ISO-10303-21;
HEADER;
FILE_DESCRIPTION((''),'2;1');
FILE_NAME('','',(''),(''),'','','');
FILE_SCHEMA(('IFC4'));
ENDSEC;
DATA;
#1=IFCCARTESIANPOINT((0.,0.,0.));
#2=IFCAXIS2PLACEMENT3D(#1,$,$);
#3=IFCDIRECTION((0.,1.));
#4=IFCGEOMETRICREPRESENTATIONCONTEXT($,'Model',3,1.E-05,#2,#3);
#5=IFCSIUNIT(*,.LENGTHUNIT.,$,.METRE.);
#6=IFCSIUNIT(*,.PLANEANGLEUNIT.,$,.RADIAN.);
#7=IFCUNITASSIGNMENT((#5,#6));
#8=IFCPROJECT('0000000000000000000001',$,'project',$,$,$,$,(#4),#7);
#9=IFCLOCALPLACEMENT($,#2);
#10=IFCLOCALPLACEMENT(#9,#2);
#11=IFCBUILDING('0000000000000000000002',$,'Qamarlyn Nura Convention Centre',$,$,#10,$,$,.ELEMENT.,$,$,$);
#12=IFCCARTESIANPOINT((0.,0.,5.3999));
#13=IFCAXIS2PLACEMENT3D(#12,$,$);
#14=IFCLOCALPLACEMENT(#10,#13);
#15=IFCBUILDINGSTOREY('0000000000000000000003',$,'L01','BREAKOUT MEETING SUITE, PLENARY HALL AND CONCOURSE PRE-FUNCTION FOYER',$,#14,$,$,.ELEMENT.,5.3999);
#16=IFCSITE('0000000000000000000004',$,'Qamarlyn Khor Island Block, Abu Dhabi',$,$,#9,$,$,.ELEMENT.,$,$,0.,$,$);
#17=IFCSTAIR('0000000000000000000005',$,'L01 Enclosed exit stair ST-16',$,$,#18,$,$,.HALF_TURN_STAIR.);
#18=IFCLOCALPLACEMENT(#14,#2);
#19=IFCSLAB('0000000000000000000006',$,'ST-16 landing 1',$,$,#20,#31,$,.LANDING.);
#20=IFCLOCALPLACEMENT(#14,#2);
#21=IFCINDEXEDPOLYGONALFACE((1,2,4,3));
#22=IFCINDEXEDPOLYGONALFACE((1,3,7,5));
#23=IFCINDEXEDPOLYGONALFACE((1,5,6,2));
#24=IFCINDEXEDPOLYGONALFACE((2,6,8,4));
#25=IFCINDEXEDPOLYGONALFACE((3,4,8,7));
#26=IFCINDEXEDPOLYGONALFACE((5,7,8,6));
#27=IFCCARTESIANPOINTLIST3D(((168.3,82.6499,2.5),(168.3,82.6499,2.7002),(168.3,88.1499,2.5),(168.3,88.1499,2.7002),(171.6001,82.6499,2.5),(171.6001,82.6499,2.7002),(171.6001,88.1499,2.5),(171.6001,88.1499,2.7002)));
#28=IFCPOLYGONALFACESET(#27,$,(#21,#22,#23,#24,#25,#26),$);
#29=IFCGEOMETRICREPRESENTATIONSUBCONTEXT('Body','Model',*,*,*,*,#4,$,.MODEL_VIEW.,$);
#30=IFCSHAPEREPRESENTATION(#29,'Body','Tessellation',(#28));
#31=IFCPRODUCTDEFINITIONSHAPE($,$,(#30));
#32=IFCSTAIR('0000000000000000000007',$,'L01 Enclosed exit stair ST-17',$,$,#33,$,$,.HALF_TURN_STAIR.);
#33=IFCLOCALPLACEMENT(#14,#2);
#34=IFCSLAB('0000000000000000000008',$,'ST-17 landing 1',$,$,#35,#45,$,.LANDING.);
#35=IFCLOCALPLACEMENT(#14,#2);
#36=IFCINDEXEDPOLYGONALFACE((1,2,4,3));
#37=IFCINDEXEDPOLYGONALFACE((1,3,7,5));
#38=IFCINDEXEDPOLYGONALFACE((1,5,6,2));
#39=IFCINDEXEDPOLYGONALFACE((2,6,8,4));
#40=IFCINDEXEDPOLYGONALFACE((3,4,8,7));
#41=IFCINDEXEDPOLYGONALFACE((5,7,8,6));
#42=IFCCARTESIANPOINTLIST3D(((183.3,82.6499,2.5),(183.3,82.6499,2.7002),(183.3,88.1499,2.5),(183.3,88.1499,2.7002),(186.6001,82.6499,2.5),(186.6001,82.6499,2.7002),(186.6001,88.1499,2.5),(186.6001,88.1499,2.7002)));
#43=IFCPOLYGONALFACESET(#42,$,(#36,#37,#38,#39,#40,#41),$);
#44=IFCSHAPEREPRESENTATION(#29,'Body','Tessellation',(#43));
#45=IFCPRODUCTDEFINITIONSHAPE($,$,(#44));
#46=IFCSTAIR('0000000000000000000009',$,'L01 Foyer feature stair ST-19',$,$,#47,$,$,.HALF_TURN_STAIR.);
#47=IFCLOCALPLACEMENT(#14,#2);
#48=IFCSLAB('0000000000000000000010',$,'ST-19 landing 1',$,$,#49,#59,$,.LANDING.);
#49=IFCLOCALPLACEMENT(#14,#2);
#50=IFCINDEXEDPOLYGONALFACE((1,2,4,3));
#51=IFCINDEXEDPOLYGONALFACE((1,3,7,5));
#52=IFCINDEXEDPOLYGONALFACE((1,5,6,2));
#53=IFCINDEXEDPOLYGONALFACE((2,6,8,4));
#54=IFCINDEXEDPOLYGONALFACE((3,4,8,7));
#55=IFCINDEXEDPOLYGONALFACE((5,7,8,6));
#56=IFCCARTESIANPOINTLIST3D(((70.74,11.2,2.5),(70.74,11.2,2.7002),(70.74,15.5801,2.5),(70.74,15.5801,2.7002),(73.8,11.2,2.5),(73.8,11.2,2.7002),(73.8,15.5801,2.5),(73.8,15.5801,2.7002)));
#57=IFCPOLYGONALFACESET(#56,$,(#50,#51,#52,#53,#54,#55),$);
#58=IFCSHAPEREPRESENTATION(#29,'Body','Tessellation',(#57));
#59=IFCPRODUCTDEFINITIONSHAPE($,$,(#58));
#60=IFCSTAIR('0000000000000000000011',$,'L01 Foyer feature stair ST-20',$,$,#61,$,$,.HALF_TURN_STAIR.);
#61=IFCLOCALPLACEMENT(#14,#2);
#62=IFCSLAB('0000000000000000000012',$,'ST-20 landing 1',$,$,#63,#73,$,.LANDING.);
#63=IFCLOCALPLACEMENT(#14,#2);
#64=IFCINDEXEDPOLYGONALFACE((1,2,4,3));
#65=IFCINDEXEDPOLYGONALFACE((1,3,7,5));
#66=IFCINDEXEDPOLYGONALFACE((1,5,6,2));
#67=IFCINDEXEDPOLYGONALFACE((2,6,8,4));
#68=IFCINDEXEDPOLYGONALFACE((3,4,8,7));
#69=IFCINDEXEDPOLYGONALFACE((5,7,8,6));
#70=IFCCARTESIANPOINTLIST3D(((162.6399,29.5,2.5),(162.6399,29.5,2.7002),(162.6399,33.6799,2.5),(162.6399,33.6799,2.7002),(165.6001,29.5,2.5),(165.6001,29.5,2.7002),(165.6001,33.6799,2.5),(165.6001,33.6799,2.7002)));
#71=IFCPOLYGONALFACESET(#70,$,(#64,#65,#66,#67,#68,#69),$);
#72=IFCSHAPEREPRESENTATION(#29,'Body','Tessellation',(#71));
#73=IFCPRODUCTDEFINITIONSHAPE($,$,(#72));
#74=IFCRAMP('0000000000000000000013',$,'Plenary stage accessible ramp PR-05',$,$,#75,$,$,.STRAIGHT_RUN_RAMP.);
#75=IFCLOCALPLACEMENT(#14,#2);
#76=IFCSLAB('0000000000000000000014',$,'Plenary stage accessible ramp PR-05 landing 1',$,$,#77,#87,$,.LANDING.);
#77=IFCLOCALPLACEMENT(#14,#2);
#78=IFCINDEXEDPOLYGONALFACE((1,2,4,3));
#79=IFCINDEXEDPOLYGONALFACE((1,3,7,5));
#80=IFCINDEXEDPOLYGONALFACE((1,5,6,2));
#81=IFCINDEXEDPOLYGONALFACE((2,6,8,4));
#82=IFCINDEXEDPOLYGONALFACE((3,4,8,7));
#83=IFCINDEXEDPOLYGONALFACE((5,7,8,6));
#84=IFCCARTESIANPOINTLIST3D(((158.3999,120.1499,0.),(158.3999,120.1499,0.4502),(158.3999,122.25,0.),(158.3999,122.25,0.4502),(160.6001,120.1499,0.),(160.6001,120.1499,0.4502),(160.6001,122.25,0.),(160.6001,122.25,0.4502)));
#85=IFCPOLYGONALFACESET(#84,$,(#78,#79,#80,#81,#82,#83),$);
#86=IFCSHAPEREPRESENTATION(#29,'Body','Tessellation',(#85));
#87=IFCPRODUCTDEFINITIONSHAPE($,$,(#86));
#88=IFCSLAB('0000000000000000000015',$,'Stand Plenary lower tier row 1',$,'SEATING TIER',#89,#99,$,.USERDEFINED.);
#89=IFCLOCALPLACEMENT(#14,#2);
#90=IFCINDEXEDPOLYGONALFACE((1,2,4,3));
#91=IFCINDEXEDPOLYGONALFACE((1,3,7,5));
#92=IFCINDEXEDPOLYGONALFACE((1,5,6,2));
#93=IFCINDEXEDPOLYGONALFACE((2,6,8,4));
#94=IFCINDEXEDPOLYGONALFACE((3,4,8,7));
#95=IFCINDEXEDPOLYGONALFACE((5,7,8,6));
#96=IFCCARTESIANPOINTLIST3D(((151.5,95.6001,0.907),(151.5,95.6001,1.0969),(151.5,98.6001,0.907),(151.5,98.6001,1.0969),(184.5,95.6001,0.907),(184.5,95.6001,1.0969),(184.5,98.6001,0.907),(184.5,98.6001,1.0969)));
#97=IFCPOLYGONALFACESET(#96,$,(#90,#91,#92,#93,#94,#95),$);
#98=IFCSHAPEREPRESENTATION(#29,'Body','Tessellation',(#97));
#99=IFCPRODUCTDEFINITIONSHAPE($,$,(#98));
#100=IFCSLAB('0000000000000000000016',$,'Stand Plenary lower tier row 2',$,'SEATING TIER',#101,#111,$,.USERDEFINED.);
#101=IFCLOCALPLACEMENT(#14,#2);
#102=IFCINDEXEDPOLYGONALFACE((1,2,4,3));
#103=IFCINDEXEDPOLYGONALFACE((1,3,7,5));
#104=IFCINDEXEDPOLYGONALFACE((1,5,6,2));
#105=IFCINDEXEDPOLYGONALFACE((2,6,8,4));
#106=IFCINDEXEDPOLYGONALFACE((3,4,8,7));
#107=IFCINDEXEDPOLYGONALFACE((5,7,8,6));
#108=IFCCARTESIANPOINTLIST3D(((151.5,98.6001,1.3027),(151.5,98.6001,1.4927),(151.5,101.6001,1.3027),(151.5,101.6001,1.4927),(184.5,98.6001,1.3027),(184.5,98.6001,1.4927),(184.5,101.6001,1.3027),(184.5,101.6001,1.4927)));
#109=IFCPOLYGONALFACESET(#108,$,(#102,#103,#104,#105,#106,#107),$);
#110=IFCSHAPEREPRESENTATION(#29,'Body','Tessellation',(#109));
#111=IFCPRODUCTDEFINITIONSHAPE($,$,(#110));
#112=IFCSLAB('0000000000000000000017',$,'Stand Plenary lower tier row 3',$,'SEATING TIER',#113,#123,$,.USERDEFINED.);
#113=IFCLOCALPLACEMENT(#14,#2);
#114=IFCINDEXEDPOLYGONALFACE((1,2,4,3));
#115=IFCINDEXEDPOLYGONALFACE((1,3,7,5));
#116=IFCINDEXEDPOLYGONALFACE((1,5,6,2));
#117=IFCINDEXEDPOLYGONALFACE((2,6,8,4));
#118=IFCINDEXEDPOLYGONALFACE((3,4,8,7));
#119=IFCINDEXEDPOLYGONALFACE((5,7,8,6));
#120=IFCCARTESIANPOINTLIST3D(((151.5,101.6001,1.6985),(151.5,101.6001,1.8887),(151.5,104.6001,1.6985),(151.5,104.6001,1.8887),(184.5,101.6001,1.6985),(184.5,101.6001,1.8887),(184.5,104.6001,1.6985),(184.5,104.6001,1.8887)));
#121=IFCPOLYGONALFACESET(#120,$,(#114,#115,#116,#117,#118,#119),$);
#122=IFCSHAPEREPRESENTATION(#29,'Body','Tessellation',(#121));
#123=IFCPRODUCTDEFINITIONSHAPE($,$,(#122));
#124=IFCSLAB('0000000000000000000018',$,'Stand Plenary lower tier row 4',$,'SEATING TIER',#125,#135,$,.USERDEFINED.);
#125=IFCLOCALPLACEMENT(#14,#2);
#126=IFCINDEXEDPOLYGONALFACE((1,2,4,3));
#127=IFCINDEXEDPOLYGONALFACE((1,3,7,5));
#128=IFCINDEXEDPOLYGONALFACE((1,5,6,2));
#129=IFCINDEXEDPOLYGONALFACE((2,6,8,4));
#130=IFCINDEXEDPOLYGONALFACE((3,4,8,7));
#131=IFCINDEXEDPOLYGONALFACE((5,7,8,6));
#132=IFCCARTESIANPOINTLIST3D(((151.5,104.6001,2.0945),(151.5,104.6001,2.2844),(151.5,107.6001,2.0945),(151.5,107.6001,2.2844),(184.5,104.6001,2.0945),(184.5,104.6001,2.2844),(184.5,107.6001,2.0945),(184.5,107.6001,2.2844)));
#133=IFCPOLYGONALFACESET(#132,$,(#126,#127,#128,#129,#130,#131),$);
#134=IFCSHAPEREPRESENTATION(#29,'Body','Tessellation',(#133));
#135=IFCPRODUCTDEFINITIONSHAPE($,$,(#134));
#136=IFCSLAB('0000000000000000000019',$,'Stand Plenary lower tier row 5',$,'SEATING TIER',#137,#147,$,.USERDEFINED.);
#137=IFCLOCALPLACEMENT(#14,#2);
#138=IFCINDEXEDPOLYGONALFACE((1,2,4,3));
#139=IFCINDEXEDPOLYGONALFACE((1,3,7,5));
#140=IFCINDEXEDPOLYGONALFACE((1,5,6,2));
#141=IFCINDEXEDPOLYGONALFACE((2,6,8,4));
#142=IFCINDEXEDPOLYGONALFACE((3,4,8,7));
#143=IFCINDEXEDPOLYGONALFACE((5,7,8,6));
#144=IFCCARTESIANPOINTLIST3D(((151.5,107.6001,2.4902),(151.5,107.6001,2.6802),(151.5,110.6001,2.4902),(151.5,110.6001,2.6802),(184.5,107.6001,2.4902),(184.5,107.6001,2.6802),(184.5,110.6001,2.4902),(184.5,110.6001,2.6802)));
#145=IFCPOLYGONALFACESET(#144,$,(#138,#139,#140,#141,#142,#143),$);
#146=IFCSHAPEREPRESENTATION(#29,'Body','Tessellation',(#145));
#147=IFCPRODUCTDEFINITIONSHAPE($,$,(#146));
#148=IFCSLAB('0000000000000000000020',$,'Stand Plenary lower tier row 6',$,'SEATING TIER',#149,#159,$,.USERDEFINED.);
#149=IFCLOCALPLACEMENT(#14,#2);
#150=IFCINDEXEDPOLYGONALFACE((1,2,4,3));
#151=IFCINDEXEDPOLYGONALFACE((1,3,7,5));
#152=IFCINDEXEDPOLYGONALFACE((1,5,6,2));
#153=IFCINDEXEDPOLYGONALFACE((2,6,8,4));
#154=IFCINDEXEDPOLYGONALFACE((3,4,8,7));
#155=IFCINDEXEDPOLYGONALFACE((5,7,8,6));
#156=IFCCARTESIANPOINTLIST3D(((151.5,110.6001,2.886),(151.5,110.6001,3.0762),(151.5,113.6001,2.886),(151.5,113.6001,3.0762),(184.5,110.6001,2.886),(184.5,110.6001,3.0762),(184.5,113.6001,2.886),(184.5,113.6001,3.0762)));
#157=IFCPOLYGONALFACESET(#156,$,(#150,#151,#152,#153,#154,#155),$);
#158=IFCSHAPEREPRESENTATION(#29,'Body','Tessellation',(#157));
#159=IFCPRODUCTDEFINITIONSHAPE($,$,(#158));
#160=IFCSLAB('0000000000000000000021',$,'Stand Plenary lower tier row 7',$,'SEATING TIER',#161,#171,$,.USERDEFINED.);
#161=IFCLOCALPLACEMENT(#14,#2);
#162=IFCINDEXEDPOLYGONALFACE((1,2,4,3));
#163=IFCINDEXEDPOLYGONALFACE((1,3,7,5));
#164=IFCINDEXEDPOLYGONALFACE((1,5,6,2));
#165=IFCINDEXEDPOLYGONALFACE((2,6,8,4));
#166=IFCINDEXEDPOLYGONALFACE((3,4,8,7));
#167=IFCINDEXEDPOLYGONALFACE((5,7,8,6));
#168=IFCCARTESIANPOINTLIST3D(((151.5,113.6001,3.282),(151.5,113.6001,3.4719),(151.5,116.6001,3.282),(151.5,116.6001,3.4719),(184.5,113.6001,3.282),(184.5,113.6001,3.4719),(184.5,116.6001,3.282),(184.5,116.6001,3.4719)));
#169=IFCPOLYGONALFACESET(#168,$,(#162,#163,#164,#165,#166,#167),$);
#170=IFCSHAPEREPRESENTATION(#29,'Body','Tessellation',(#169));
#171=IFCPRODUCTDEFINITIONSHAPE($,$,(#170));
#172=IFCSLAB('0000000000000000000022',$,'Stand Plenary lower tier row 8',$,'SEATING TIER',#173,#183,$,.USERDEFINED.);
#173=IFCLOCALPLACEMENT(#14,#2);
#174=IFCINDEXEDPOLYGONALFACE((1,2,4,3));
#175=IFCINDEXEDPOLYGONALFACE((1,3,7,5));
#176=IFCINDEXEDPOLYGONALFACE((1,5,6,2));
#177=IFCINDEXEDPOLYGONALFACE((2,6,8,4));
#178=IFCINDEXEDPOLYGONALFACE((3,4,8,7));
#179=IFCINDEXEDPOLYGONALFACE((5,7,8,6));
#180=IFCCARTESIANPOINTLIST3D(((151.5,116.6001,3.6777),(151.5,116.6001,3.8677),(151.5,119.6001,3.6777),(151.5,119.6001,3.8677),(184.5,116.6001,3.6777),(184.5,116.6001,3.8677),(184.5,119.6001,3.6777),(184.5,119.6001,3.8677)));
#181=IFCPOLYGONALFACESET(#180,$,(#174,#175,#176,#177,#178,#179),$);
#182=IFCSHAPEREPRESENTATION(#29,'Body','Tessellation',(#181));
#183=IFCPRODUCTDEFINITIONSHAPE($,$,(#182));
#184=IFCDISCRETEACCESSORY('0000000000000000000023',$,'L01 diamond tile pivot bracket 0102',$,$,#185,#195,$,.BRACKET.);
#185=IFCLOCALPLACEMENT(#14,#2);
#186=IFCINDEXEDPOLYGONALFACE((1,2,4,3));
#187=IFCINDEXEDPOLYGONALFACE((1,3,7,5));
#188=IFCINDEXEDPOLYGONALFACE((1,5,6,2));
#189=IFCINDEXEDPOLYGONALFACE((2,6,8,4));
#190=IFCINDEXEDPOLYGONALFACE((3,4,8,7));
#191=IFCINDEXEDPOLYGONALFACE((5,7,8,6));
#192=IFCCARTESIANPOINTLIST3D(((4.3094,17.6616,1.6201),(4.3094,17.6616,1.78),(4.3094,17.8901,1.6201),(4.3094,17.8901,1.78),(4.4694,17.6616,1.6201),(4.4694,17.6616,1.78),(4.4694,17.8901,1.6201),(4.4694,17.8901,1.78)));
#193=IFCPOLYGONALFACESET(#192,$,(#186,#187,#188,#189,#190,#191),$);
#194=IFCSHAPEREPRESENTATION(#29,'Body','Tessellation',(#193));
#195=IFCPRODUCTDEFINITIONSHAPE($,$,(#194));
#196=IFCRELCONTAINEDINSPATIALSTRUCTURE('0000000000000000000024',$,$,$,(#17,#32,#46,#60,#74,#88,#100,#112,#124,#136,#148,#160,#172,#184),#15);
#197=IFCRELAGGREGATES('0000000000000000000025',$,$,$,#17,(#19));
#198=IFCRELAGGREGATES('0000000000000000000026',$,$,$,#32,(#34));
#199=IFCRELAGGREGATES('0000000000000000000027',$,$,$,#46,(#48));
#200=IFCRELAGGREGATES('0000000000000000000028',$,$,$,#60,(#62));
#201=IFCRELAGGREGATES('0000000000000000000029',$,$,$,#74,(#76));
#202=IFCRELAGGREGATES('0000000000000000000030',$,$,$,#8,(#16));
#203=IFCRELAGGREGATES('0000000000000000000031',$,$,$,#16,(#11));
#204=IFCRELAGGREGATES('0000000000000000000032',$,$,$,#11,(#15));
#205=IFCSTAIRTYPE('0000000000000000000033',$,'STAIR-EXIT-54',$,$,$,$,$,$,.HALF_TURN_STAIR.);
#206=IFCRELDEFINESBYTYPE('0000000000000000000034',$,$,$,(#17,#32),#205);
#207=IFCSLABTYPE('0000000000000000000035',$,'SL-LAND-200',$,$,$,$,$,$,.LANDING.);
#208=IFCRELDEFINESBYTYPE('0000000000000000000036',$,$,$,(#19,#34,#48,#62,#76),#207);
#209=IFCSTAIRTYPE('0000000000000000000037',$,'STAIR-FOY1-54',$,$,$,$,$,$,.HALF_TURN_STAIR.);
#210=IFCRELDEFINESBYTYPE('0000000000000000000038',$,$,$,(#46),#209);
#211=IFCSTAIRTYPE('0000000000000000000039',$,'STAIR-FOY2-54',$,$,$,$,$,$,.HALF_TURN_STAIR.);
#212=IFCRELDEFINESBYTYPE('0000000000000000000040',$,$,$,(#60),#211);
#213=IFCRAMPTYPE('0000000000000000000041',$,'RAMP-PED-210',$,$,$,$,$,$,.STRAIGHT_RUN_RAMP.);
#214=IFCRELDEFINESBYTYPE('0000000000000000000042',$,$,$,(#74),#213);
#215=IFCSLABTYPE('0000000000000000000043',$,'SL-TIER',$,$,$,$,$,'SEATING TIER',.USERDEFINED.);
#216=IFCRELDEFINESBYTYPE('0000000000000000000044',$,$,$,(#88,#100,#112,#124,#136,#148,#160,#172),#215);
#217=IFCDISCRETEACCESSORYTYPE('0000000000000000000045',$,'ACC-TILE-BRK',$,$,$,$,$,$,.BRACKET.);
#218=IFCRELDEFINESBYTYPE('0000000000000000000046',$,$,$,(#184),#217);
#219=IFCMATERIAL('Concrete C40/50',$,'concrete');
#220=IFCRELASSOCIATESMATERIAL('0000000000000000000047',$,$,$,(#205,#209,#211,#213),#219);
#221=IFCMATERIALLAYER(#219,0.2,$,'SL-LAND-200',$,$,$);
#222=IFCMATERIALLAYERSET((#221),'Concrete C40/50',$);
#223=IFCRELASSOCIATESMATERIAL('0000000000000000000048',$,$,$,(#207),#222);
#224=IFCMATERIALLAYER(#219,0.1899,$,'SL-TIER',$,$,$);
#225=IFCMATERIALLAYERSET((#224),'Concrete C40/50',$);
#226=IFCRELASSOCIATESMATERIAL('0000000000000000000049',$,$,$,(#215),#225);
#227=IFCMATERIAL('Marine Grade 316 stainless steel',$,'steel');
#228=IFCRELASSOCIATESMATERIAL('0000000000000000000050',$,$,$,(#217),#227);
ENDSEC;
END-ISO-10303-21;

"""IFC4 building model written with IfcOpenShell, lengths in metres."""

from ifc_helpers import new_model, si_unit, direction, frame, origin, origin_2d, place, context, subcontext, project, spatial, polyline, rectangle, outline, extrude, material, layer, layer_set, type_object, element, aggregate, save


model = new_model("IFC4")

# Units and contexts
model_context = context("Model", 3, precision=1e-05, world=origin(), true_north=direction((0.0, 1.0)))
body_context = subcontext(model_context, "Body", "Model", "MODEL_VIEW")
ifc_project = project(units=[si_unit("LENGTHUNIT", "METRE"), si_unit("PLANEANGLEUNIT", "RADIAN")], contexts=[model_context])

# Site, building, storey
site_placement = place(None, origin())
site = spatial("IfcSite", under=ifc_project, at=site_placement, Name="Qamarlyn Khor Island Block, Abu Dhabi", CompositionType="ELEMENT", RefElevation=0.0)
building_placement = place(site_placement, origin())
building = spatial("IfcBuilding", under=site, at=building_placement, Name="Qamarlyn Nura Convention Centre", CompositionType="ELEMENT")
storey_placement = place(building_placement, frame((0.0, 0.0, 5.3999)))
storey = spatial("IfcBuildingStorey", under=building, at=storey_placement, Name="L01", Description="BREAKOUT MEETING SUITE, PLENARY HALL AND CONCOURSE PRE-FUNCTION FOYER", CompositionType="ELEMENT", Elevation=5.3999)

# Shared definitions
ifc_material_1 = material(Name="Concrete C40/50", Category="concrete")

# Stairs, slabs
stair_type_1 = type_object("IfcStairType", Name="STAIR-EXIT-54", PredefinedType="HALF_TURN_STAIR", material=ifc_material_1)
ifc_layer_1 = layer(ifc_material_1, 0.2, Name="SL-LAND-200")
ifc_layer_set_1 = layer_set([ifc_layer_1], Name="Concrete C40/50")
slab_type_1 = type_object("IfcSlabType", Name="SL-LAND-200", PredefinedType="LANDING", material=ifc_layer_set_1)
stair_1_placement = place(storey_placement, origin())
stair_1 = element("IfcStair", 1, at=stair_1_placement, inside=storey, type_object=stair_type_1, Name="L01 Enclosed exit stair ST-16", PredefinedType="HALF_TURN_STAIR")
slab_1_placement = place(storey_placement, frame((0.0, 0.0, 2.5)))
slab_1 = element("IfcSlab", 2, at=slab_1_placement, type_object=slab_type_1, Name="ST-16 landing 1", PredefinedType="LANDING", context=body_context, shape_type="SweptSolid", body=[
    extrude(outline(polyline([(168.3, 82.6499), (171.6001, 82.6499), (171.6001, 88.1499), (168.3, 88.1499), (168.3, 82.6499)])), origin(), (0.0, 0.0, 1.0), 0.2002),
])
aggregate(stair_1, [slab_1])
stair_2_placement = place(storey_placement, origin())
stair_2 = element("IfcStair", 3, at=stair_2_placement, inside=storey, type_object=stair_type_1, Name="L01 Enclosed exit stair ST-17", PredefinedType="HALF_TURN_STAIR")
slab_2_placement = place(storey_placement, frame((0.0, 0.0, 2.5)))
slab_2 = element("IfcSlab", 4, at=slab_2_placement, type_object=slab_type_1, Name="ST-17 landing 1", PredefinedType="LANDING", context=body_context, shape_type="SweptSolid", body=[
    extrude(outline(polyline([(183.3, 82.6499), (186.6001, 82.6499), (186.6001, 88.1499), (183.3, 88.1499), (183.3, 82.6499)])), origin(), (0.0, 0.0, 1.0), 0.2002),
])
aggregate(stair_2, [slab_2])
stair_type_2 = type_object("IfcStairType", Name="STAIR-FOY1-54", PredefinedType="HALF_TURN_STAIR", material=ifc_material_1)
stair_3_placement = place(storey_placement, origin())
stair_3 = element("IfcStair", 5, at=stair_3_placement, inside=storey, type_object=stair_type_2, Name="L01 Foyer feature stair ST-19", PredefinedType="HALF_TURN_STAIR")
slab_3_placement = place(storey_placement, frame((0.0, 0.0, 2.5)))
slab_3 = element("IfcSlab", 6, at=slab_3_placement, type_object=slab_type_1, Name="ST-19 landing 1", PredefinedType="LANDING", context=body_context, shape_type="SweptSolid", body=[
    extrude(outline(polyline([(70.74, 11.2), (73.8, 11.2), (73.8, 15.5801), (70.74, 15.5801), (70.74, 11.2)])), origin(), (0.0, 0.0, 1.0), 0.2002),
])
aggregate(stair_3, [slab_3])
stair_type_3 = type_object("IfcStairType", Name="STAIR-FOY2-54", PredefinedType="HALF_TURN_STAIR", material=ifc_material_1)
stair_4_placement = place(storey_placement, origin())
stair_4 = element("IfcStair", 7, at=stair_4_placement, inside=storey, type_object=stair_type_3, Name="L01 Foyer feature stair ST-20", PredefinedType="HALF_TURN_STAIR")
slab_4_placement = place(storey_placement, frame((0.0, 0.0, 2.5)))
slab_4 = element("IfcSlab", 8, at=slab_4_placement, type_object=slab_type_1, Name="ST-20 landing 1", PredefinedType="LANDING", context=body_context, shape_type="SweptSolid", body=[
    extrude(outline(polyline([(162.6399, 29.5), (165.6001, 29.5), (165.6001, 33.6799), (162.6399, 33.6799), (162.6399, 29.5)])), origin(), (0.0, 0.0, 1.0), 0.2002),
])
aggregate(stair_4, [slab_4])

# Ramp, slab
ramp_type = type_object("IfcRampType", Name="RAMP-PED-210", PredefinedType="STRAIGHT_RUN_RAMP", material=ifc_material_1)
ramp_placement = place(storey_placement, origin())
ramp = element("IfcRamp", 9, at=ramp_placement, inside=storey, type_object=ramp_type, Name="Plenary stage accessible ramp PR-05", PredefinedType="STRAIGHT_RUN_RAMP")
slab_5_placement = place(storey_placement, origin())
slab_5 = element("IfcSlab", 10, at=slab_5_placement, type_object=slab_type_1, Name="Plenary stage accessible ramp PR-05 landing 1", PredefinedType="LANDING", context=body_context, shape_type="SweptSolid", body=[
    extrude(outline(polyline([(158.3999, 120.1499), (160.6001, 120.1499), (160.6001, 122.25), (158.3999, 122.25), (158.3999, 120.1499)])), origin(), (0.0, 0.0, 1.0), 0.4502),
])
aggregate(ramp, [slab_5])

# Slabs
ifc_layer_2 = layer(ifc_material_1, 0.1899, Name="SL-TIER")
ifc_layer_set_2 = layer_set([ifc_layer_2], Name="Concrete C40/50")
slab_type_2 = type_object("IfcSlabType", Name="SL-TIER", ElementType="SEATING TIER", PredefinedType="USERDEFINED", material=ifc_layer_set_2)
slab_6_placement = place(storey_placement, frame((0.0, 0.0, 0.907)))
element("IfcSlab", 11, at=slab_6_placement, inside=storey, type_object=slab_type_2, Name="Stand Plenary lower tier row 1", ObjectType="SEATING TIER", PredefinedType="USERDEFINED", context=body_context, shape_type="SweptSolid", body=[
    extrude(outline(polyline([(151.5, 95.6001), (184.5, 95.6001), (184.5, 98.6001), (151.5, 98.6001), (151.5, 95.6001)])), origin(), (0.0, 0.0, 1.0), 0.1899),
])
slab_7_placement = place(storey_placement, frame((0.0, 0.0, 1.3027)))
element("IfcSlab", 12, at=slab_7_placement, inside=storey, type_object=slab_type_2, Name="Stand Plenary lower tier row 2", ObjectType="SEATING TIER", PredefinedType="USERDEFINED", context=body_context, shape_type="SweptSolid", body=[
    extrude(outline(polyline([(151.5, 98.6001), (184.5, 98.6001), (184.5, 101.6001), (151.5, 101.6001), (151.5, 98.6001)])), origin(), (0.0, 0.0, 1.0), 0.1899),
])
slab_8_placement = place(storey_placement, frame((0.0, 0.0, 1.6985)))
element("IfcSlab", 13, at=slab_8_placement, inside=storey, type_object=slab_type_2, Name="Stand Plenary lower tier row 3", ObjectType="SEATING TIER", PredefinedType="USERDEFINED", context=body_context, shape_type="SweptSolid", body=[
    extrude(outline(polyline([(151.5, 101.6001), (184.5, 101.6001), (184.5, 104.6001), (151.5, 104.6001), (151.5, 101.6001)])), origin(), (0.0, 0.0, 1.0), 0.1902),
])
slab_9_placement = place(storey_placement, frame((0.0, 0.0, 2.0945)))
element("IfcSlab", 14, at=slab_9_placement, inside=storey, type_object=slab_type_2, Name="Stand Plenary lower tier row 4", ObjectType="SEATING TIER", PredefinedType="USERDEFINED", context=body_context, shape_type="SweptSolid", body=[
    extrude(outline(polyline([(151.5, 104.6001), (184.5, 104.6001), (184.5, 107.6001), (151.5, 107.6001), (151.5, 104.6001)])), origin(), (0.0, 0.0, 1.0), 0.1899),
])
slab_10_placement = place(storey_placement, frame((0.0, 0.0, 2.4902)))
element("IfcSlab", 15, at=slab_10_placement, inside=storey, type_object=slab_type_2, Name="Stand Plenary lower tier row 5", ObjectType="SEATING TIER", PredefinedType="USERDEFINED", context=body_context, shape_type="SweptSolid", body=[
    extrude(outline(polyline([(151.5, 107.6001), (184.5, 107.6001), (184.5, 110.6001), (151.5, 110.6001), (151.5, 107.6001)])), origin(), (0.0, 0.0, 1.0), 0.1899),
])
slab_11_placement = place(storey_placement, frame((0.0, 0.0, 2.886)))
element("IfcSlab", 16, at=slab_11_placement, inside=storey, type_object=slab_type_2, Name="Stand Plenary lower tier row 6", ObjectType="SEATING TIER", PredefinedType="USERDEFINED", context=body_context, shape_type="SweptSolid", body=[
    extrude(outline(polyline([(151.5, 110.6001), (184.5, 110.6001), (184.5, 113.6001), (151.5, 113.6001), (151.5, 110.6001)])), origin(), (0.0, 0.0, 1.0), 0.1902),
])
slab_12_placement = place(storey_placement, frame((0.0, 0.0, 3.282)))
element("IfcSlab", 17, at=slab_12_placement, inside=storey, type_object=slab_type_2, Name="Stand Plenary lower tier row 7", ObjectType="SEATING TIER", PredefinedType="USERDEFINED", context=body_context, shape_type="SweptSolid", body=[
    extrude(outline(polyline([(151.5, 113.6001), (184.5, 113.6001), (184.5, 116.6001), (151.5, 116.6001), (151.5, 113.6001)])), origin(), (0.0, 0.0, 1.0), 0.1899),
])
slab_13_placement = place(storey_placement, frame((0.0, 0.0, 3.6777)))
element("IfcSlab", 18, at=slab_13_placement, inside=storey, type_object=slab_type_2, Name="Stand Plenary lower tier row 8", ObjectType="SEATING TIER", PredefinedType="USERDEFINED", context=body_context, shape_type="SweptSolid", body=[
    extrude(outline(polyline([(151.5, 116.6001), (184.5, 116.6001), (184.5, 119.6001), (151.5, 119.6001), (151.5, 116.6001)])), origin(), (0.0, 0.0, 1.0), 0.1899),
])

# Discrete accessory
ifc_material_2 = material(Name="Marine Grade 316 stainless steel", Category="steel")
discrete_accessory_type = type_object("IfcDiscreteAccessoryType", Name="ACC-TILE-BRK", PredefinedType="BRACKET", material=ifc_material_2)
discrete_accessory_placement = place(storey_placement, frame((4.3894, 17.7759, 1.6201), z_axis=(0.0, 0.0, 1.0), x_axis=(0.0, -1.0, 0.0)))
element("IfcDiscreteAccessory", 19, at=discrete_accessory_placement, inside=storey, type_object=discrete_accessory_type, Name="L01 diamond tile pivot bracket 0102", PredefinedType="BRACKET", context=body_context, shape_type="SweptSolid", body=[
    extrude(rectangle(XDim=0.2285, YDim=0.1599, at=origin_2d()), origin(), (0.0, 0.0, 1.0), 0.1599),
])

save(model, "model.ifc")
